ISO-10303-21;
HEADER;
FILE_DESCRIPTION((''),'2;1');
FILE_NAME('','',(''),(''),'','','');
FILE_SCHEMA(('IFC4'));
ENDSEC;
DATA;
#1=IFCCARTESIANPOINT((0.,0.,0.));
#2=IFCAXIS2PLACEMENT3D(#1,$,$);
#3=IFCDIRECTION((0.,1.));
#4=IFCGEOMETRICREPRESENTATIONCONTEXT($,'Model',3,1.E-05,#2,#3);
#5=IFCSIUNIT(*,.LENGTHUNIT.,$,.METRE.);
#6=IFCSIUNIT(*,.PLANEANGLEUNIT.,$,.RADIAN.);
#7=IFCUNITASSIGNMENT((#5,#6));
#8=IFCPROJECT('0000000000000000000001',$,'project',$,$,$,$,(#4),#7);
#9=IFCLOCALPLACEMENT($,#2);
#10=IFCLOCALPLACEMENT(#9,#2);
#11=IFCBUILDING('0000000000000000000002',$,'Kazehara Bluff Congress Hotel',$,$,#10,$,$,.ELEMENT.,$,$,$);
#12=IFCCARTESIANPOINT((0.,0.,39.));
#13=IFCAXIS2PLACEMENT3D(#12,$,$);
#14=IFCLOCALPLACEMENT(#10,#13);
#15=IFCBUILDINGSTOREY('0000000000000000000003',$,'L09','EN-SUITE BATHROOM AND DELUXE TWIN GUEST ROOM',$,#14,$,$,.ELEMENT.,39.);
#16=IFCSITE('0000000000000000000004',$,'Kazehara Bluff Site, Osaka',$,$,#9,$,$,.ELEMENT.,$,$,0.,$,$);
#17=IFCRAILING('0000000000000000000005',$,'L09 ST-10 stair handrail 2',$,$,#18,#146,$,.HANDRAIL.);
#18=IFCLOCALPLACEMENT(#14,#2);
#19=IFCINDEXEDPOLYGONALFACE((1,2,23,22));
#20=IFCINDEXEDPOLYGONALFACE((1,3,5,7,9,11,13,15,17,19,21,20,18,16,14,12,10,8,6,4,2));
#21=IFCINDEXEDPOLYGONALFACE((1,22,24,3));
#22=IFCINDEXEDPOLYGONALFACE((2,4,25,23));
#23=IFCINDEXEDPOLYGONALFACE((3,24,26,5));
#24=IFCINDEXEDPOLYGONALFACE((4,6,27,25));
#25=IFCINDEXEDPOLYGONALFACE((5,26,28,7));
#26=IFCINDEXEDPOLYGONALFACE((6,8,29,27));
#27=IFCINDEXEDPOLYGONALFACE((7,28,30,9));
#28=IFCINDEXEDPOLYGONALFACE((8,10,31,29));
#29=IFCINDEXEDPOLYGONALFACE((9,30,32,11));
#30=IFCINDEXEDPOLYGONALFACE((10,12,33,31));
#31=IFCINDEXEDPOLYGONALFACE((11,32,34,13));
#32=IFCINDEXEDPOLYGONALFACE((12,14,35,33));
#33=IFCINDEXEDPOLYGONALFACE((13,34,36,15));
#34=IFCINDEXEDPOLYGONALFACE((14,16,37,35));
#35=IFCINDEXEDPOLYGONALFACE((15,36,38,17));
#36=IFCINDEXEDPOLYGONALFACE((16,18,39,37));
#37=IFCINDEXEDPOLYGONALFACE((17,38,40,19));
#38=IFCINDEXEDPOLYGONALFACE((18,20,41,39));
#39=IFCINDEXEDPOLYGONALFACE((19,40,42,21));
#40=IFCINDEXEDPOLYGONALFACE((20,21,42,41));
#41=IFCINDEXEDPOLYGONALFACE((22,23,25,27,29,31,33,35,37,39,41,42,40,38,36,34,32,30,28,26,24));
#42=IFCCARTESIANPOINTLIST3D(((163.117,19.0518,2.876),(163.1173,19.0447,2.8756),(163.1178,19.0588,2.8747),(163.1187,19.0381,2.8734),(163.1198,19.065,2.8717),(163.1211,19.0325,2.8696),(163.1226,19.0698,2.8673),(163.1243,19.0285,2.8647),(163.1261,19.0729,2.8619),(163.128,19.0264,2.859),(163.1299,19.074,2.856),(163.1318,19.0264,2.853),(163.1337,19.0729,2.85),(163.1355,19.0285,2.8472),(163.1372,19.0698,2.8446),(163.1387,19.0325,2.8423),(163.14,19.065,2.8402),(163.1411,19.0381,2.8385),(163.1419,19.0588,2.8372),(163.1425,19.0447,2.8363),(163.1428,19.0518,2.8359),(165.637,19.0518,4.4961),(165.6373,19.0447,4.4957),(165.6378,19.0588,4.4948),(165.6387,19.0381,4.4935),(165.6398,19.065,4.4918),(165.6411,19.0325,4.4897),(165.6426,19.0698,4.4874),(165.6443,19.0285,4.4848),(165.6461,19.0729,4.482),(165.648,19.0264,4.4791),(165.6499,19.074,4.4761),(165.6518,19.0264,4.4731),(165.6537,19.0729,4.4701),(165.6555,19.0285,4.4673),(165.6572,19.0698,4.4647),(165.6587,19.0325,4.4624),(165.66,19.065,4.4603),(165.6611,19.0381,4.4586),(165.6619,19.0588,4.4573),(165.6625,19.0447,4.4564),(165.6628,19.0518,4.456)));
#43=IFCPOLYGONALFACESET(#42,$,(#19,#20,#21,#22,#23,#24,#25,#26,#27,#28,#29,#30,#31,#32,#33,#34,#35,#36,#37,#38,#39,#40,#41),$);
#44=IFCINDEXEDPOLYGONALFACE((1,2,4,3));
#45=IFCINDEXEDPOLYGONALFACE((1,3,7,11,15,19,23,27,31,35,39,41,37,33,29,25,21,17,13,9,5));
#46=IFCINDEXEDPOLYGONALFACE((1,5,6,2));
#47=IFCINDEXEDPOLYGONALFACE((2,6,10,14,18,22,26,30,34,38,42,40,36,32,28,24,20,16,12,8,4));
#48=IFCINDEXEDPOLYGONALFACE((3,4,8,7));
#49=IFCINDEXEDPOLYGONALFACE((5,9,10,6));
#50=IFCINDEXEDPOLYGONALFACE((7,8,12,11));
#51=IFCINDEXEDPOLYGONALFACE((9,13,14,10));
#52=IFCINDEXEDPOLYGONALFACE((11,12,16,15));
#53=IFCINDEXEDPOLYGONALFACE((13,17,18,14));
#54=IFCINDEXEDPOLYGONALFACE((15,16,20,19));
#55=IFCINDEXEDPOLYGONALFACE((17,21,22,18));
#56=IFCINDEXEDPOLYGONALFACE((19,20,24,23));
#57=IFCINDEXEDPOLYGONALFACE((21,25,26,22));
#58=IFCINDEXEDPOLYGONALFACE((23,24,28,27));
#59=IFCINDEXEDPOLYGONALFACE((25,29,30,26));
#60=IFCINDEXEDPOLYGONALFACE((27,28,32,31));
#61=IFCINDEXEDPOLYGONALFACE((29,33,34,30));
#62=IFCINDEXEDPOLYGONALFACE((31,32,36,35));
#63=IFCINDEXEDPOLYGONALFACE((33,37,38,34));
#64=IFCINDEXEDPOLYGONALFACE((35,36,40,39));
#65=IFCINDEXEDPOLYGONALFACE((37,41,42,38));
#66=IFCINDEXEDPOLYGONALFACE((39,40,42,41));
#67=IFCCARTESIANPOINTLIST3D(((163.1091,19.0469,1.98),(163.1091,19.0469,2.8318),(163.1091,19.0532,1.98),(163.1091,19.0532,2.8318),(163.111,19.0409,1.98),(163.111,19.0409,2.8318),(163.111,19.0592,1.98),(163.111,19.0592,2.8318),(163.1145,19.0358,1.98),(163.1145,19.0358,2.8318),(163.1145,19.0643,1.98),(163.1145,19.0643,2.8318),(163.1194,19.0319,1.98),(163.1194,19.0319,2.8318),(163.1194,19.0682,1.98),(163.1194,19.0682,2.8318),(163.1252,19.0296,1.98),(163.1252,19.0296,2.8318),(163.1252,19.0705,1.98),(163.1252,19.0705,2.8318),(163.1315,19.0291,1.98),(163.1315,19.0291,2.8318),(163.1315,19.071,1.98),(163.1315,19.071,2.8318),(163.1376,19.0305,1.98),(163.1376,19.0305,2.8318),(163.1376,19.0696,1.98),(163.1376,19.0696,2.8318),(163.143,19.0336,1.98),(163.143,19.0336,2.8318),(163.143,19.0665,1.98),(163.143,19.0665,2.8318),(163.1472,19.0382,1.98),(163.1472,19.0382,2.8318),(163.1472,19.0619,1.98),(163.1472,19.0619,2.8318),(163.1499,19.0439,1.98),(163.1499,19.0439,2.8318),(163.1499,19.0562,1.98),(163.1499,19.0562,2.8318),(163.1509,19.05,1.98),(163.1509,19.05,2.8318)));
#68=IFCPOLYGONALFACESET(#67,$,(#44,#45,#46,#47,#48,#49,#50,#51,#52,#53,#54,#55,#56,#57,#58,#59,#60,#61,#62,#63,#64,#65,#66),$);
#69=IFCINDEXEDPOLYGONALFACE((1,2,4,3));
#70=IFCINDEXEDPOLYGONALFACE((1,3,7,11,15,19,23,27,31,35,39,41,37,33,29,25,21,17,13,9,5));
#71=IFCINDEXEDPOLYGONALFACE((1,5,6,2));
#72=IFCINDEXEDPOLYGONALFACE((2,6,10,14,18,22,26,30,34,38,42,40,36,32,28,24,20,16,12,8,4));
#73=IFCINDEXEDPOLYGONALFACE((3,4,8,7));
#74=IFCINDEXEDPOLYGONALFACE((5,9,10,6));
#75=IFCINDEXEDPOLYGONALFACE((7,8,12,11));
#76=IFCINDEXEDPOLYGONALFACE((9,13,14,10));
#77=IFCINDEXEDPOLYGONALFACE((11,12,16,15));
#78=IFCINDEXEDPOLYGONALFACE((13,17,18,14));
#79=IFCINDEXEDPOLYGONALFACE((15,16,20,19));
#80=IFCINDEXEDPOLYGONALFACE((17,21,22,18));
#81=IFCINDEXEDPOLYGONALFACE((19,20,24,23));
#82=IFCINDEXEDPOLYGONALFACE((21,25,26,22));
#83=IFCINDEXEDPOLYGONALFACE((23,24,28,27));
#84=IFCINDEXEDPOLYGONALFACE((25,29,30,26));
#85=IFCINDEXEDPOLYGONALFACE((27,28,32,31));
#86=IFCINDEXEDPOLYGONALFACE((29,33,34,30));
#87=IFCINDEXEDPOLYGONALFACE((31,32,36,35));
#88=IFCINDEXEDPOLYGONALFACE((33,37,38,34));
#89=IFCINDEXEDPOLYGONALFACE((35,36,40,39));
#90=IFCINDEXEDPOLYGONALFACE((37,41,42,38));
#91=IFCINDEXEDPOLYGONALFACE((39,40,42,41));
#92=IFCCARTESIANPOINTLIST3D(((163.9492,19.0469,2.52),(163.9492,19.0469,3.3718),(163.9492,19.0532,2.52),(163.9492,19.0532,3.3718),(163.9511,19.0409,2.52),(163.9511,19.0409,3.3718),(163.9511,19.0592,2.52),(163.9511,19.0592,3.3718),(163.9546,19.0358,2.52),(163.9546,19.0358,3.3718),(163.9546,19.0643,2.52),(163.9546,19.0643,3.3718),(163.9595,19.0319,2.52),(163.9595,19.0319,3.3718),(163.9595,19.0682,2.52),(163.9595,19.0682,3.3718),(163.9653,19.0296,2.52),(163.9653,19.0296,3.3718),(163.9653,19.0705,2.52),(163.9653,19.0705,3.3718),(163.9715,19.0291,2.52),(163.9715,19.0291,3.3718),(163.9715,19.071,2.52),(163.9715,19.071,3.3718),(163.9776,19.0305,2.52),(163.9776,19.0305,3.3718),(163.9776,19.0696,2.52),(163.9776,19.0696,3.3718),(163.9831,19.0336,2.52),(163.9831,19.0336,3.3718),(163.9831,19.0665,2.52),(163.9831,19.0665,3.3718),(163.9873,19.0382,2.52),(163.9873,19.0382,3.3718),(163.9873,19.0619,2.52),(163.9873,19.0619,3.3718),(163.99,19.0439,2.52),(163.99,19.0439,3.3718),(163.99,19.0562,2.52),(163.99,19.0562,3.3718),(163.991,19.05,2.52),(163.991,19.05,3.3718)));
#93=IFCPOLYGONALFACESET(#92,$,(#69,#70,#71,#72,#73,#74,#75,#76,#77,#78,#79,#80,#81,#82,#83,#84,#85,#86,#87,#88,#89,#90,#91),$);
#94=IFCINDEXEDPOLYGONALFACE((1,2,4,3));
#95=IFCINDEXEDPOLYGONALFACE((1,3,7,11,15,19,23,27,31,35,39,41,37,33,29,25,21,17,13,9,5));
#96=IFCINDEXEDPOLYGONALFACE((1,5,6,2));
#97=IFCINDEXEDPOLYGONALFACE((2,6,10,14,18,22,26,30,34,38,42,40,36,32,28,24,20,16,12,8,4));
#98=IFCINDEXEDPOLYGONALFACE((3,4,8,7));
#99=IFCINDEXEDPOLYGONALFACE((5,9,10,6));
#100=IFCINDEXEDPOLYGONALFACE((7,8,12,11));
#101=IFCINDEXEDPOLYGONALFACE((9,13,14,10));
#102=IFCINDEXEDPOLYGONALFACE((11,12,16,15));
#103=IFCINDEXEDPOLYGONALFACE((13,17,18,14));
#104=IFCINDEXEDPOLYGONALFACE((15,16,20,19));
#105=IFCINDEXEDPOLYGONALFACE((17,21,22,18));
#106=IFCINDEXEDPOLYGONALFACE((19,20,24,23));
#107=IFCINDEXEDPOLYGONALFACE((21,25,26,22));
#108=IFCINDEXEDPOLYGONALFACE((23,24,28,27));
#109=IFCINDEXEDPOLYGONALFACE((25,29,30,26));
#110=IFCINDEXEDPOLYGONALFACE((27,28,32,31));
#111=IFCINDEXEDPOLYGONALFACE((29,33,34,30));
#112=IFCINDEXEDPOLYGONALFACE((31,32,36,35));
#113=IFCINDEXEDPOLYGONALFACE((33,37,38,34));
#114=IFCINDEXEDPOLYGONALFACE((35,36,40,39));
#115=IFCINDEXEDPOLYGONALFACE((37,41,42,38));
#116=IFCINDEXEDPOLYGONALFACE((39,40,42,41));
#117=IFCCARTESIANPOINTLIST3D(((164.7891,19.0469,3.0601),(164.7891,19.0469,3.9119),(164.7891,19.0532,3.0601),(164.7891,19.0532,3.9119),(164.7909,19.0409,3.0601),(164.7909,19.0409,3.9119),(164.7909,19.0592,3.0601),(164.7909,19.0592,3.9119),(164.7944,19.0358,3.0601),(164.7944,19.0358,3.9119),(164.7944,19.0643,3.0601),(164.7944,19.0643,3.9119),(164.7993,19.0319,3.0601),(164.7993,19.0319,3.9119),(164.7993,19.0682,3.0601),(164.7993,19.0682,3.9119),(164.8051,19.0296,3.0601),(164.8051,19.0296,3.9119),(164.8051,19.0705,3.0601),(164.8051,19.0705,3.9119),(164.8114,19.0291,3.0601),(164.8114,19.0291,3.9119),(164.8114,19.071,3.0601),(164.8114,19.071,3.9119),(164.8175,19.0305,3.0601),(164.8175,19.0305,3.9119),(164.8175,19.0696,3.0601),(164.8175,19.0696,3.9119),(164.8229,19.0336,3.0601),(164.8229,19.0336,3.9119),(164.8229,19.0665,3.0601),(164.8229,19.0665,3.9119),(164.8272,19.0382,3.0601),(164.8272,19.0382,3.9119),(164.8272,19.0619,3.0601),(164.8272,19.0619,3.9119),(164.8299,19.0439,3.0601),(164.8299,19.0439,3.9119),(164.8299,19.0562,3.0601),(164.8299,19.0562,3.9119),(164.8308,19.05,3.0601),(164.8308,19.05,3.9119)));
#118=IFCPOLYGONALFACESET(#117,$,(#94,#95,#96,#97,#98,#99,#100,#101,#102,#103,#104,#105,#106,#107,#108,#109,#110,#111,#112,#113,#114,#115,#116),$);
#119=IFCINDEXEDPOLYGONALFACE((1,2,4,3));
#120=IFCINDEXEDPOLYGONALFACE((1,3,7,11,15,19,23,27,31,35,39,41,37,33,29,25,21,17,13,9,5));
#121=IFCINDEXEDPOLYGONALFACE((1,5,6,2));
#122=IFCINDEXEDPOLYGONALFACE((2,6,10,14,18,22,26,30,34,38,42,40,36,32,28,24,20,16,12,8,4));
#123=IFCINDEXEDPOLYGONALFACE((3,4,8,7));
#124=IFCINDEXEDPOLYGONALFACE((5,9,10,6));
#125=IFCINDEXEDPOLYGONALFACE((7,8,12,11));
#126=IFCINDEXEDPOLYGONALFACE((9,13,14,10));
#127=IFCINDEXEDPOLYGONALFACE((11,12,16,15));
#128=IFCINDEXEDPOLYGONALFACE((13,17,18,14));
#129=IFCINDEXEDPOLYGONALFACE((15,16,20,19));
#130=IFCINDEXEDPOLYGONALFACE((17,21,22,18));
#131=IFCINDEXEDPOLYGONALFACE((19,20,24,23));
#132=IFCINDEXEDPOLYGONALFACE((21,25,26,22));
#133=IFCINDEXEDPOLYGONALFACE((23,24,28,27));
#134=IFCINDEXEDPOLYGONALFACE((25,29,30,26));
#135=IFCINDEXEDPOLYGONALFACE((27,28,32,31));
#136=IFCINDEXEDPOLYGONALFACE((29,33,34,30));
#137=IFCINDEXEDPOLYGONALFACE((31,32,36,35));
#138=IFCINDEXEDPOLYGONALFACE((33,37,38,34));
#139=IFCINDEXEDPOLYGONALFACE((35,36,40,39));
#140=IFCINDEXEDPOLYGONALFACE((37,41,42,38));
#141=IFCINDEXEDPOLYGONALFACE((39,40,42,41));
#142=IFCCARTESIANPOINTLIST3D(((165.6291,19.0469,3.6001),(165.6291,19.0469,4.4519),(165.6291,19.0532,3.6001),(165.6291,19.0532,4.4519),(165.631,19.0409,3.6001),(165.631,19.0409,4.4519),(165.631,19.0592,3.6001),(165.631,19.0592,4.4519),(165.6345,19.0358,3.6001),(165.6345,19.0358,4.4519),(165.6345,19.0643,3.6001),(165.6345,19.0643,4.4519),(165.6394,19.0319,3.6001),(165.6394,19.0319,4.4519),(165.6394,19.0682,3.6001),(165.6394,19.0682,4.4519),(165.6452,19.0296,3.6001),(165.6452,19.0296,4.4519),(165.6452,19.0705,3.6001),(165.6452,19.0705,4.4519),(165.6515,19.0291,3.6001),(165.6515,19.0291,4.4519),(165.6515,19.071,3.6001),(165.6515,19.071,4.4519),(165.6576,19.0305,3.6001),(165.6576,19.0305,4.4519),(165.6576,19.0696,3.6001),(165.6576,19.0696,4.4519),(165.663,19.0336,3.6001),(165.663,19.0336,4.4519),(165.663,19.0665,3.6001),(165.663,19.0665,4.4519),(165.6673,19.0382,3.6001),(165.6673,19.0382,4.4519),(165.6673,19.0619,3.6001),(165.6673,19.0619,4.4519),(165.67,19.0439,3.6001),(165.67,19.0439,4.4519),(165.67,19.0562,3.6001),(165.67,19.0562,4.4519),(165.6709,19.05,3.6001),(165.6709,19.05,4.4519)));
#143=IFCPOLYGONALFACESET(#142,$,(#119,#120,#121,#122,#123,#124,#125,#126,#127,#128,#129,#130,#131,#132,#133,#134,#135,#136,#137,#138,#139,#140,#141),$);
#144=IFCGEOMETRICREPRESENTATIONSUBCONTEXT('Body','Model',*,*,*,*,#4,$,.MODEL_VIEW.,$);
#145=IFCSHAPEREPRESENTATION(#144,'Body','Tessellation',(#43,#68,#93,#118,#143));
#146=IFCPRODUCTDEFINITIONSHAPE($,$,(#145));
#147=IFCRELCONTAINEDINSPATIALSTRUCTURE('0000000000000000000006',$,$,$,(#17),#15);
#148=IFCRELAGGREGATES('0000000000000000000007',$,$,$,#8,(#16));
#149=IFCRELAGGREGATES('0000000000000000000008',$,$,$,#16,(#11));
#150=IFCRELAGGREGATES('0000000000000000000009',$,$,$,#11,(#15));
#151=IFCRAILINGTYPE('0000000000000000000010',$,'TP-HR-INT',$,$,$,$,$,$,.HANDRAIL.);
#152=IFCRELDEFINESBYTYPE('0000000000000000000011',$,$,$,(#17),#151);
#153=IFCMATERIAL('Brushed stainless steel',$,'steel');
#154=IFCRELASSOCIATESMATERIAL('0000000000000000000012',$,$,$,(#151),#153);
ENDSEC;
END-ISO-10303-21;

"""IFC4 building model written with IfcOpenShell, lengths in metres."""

from ifc_helpers import new_model, si_unit, direction, frame, origin, origin_2d, place, context, subcontext, project, spatial, circle, extrude, material, type_object, element, save


model = new_model("IFC4")

# Units and contexts
model_context = context("Model", 3, precision=1e-05, world=origin(), true_north=direction((0.0, 1.0)))
body_context = subcontext(model_context, "Body", "Model", "MODEL_VIEW")
ifc_project = project(units=[si_unit("LENGTHUNIT", "METRE"), si_unit("PLANEANGLEUNIT", "RADIAN")], contexts=[model_context])

# Site, building, storey
site_placement = place(None, origin())
site = spatial("IfcSite", under=ifc_project, at=site_placement, Name="Kazehara Bluff Site, Osaka", CompositionType="ELEMENT", RefElevation=0.0)
building_placement = place(site_placement, origin())
building = spatial("IfcBuilding", under=site, at=building_placement, Name="Kazehara Bluff Congress Hotel", CompositionType="ELEMENT")
storey_placement = place(building_placement, frame((0.0, 0.0, 39.0)))
storey = spatial("IfcBuildingStorey", under=building, at=storey_placement, Name="L09", Description="EN-SUITE BATHROOM AND DELUXE TWIN GUEST ROOM", CompositionType="ELEMENT", Elevation=39.0)

# Railing
ifc_material_1 = material(Name="Brushed stainless steel", Category="steel")
railing_type_1 = type_object("IfcRailingType", Name="TP-HR-INT", PredefinedType="HANDRAIL", material=ifc_material_1)
railing_1_placement = place(storey_placement, frame((163.1299, 19.05, 1.98)))
element("IfcRailing", 1, at=railing_1_placement, inside=storey, type_object=railing_type_1, Name="L09 ST-10 stair handrail 2", PredefinedType="HANDRAIL", context=body_context, shape_type="SweptSolid", body=[
    extrude(circle(Radius=0.0239, at=origin_2d()), frame((0.0, 0.0, 0.876), z_axis=(0.841163, 0.0, 0.540782), x_axis=(0.0, 1.0, 0.0)), (0.0, 0.0, 1.0), 2.9958),
    extrude(circle(Radius=0.021, at=origin_2d()), origin(), (0.0, 0.0, 1.0), 0.8518),
    extrude(circle(Radius=0.021, at=origin_2d()), frame((0.8401, 0.0, 0.54)), (0.0, 0.0, 1.0), 0.8518),
    extrude(circle(Radius=0.021, at=origin_2d()), frame((1.6799, 0.0, 1.0801)), (0.0, 0.0, 1.0), 0.8518),
    extrude(circle(Radius=0.021, at=origin_2d()), frame((2.52, 0.0, 1.6201)), (0.0, 0.0, 1.0), 0.8518),
])

save(model, "model.ifc")
